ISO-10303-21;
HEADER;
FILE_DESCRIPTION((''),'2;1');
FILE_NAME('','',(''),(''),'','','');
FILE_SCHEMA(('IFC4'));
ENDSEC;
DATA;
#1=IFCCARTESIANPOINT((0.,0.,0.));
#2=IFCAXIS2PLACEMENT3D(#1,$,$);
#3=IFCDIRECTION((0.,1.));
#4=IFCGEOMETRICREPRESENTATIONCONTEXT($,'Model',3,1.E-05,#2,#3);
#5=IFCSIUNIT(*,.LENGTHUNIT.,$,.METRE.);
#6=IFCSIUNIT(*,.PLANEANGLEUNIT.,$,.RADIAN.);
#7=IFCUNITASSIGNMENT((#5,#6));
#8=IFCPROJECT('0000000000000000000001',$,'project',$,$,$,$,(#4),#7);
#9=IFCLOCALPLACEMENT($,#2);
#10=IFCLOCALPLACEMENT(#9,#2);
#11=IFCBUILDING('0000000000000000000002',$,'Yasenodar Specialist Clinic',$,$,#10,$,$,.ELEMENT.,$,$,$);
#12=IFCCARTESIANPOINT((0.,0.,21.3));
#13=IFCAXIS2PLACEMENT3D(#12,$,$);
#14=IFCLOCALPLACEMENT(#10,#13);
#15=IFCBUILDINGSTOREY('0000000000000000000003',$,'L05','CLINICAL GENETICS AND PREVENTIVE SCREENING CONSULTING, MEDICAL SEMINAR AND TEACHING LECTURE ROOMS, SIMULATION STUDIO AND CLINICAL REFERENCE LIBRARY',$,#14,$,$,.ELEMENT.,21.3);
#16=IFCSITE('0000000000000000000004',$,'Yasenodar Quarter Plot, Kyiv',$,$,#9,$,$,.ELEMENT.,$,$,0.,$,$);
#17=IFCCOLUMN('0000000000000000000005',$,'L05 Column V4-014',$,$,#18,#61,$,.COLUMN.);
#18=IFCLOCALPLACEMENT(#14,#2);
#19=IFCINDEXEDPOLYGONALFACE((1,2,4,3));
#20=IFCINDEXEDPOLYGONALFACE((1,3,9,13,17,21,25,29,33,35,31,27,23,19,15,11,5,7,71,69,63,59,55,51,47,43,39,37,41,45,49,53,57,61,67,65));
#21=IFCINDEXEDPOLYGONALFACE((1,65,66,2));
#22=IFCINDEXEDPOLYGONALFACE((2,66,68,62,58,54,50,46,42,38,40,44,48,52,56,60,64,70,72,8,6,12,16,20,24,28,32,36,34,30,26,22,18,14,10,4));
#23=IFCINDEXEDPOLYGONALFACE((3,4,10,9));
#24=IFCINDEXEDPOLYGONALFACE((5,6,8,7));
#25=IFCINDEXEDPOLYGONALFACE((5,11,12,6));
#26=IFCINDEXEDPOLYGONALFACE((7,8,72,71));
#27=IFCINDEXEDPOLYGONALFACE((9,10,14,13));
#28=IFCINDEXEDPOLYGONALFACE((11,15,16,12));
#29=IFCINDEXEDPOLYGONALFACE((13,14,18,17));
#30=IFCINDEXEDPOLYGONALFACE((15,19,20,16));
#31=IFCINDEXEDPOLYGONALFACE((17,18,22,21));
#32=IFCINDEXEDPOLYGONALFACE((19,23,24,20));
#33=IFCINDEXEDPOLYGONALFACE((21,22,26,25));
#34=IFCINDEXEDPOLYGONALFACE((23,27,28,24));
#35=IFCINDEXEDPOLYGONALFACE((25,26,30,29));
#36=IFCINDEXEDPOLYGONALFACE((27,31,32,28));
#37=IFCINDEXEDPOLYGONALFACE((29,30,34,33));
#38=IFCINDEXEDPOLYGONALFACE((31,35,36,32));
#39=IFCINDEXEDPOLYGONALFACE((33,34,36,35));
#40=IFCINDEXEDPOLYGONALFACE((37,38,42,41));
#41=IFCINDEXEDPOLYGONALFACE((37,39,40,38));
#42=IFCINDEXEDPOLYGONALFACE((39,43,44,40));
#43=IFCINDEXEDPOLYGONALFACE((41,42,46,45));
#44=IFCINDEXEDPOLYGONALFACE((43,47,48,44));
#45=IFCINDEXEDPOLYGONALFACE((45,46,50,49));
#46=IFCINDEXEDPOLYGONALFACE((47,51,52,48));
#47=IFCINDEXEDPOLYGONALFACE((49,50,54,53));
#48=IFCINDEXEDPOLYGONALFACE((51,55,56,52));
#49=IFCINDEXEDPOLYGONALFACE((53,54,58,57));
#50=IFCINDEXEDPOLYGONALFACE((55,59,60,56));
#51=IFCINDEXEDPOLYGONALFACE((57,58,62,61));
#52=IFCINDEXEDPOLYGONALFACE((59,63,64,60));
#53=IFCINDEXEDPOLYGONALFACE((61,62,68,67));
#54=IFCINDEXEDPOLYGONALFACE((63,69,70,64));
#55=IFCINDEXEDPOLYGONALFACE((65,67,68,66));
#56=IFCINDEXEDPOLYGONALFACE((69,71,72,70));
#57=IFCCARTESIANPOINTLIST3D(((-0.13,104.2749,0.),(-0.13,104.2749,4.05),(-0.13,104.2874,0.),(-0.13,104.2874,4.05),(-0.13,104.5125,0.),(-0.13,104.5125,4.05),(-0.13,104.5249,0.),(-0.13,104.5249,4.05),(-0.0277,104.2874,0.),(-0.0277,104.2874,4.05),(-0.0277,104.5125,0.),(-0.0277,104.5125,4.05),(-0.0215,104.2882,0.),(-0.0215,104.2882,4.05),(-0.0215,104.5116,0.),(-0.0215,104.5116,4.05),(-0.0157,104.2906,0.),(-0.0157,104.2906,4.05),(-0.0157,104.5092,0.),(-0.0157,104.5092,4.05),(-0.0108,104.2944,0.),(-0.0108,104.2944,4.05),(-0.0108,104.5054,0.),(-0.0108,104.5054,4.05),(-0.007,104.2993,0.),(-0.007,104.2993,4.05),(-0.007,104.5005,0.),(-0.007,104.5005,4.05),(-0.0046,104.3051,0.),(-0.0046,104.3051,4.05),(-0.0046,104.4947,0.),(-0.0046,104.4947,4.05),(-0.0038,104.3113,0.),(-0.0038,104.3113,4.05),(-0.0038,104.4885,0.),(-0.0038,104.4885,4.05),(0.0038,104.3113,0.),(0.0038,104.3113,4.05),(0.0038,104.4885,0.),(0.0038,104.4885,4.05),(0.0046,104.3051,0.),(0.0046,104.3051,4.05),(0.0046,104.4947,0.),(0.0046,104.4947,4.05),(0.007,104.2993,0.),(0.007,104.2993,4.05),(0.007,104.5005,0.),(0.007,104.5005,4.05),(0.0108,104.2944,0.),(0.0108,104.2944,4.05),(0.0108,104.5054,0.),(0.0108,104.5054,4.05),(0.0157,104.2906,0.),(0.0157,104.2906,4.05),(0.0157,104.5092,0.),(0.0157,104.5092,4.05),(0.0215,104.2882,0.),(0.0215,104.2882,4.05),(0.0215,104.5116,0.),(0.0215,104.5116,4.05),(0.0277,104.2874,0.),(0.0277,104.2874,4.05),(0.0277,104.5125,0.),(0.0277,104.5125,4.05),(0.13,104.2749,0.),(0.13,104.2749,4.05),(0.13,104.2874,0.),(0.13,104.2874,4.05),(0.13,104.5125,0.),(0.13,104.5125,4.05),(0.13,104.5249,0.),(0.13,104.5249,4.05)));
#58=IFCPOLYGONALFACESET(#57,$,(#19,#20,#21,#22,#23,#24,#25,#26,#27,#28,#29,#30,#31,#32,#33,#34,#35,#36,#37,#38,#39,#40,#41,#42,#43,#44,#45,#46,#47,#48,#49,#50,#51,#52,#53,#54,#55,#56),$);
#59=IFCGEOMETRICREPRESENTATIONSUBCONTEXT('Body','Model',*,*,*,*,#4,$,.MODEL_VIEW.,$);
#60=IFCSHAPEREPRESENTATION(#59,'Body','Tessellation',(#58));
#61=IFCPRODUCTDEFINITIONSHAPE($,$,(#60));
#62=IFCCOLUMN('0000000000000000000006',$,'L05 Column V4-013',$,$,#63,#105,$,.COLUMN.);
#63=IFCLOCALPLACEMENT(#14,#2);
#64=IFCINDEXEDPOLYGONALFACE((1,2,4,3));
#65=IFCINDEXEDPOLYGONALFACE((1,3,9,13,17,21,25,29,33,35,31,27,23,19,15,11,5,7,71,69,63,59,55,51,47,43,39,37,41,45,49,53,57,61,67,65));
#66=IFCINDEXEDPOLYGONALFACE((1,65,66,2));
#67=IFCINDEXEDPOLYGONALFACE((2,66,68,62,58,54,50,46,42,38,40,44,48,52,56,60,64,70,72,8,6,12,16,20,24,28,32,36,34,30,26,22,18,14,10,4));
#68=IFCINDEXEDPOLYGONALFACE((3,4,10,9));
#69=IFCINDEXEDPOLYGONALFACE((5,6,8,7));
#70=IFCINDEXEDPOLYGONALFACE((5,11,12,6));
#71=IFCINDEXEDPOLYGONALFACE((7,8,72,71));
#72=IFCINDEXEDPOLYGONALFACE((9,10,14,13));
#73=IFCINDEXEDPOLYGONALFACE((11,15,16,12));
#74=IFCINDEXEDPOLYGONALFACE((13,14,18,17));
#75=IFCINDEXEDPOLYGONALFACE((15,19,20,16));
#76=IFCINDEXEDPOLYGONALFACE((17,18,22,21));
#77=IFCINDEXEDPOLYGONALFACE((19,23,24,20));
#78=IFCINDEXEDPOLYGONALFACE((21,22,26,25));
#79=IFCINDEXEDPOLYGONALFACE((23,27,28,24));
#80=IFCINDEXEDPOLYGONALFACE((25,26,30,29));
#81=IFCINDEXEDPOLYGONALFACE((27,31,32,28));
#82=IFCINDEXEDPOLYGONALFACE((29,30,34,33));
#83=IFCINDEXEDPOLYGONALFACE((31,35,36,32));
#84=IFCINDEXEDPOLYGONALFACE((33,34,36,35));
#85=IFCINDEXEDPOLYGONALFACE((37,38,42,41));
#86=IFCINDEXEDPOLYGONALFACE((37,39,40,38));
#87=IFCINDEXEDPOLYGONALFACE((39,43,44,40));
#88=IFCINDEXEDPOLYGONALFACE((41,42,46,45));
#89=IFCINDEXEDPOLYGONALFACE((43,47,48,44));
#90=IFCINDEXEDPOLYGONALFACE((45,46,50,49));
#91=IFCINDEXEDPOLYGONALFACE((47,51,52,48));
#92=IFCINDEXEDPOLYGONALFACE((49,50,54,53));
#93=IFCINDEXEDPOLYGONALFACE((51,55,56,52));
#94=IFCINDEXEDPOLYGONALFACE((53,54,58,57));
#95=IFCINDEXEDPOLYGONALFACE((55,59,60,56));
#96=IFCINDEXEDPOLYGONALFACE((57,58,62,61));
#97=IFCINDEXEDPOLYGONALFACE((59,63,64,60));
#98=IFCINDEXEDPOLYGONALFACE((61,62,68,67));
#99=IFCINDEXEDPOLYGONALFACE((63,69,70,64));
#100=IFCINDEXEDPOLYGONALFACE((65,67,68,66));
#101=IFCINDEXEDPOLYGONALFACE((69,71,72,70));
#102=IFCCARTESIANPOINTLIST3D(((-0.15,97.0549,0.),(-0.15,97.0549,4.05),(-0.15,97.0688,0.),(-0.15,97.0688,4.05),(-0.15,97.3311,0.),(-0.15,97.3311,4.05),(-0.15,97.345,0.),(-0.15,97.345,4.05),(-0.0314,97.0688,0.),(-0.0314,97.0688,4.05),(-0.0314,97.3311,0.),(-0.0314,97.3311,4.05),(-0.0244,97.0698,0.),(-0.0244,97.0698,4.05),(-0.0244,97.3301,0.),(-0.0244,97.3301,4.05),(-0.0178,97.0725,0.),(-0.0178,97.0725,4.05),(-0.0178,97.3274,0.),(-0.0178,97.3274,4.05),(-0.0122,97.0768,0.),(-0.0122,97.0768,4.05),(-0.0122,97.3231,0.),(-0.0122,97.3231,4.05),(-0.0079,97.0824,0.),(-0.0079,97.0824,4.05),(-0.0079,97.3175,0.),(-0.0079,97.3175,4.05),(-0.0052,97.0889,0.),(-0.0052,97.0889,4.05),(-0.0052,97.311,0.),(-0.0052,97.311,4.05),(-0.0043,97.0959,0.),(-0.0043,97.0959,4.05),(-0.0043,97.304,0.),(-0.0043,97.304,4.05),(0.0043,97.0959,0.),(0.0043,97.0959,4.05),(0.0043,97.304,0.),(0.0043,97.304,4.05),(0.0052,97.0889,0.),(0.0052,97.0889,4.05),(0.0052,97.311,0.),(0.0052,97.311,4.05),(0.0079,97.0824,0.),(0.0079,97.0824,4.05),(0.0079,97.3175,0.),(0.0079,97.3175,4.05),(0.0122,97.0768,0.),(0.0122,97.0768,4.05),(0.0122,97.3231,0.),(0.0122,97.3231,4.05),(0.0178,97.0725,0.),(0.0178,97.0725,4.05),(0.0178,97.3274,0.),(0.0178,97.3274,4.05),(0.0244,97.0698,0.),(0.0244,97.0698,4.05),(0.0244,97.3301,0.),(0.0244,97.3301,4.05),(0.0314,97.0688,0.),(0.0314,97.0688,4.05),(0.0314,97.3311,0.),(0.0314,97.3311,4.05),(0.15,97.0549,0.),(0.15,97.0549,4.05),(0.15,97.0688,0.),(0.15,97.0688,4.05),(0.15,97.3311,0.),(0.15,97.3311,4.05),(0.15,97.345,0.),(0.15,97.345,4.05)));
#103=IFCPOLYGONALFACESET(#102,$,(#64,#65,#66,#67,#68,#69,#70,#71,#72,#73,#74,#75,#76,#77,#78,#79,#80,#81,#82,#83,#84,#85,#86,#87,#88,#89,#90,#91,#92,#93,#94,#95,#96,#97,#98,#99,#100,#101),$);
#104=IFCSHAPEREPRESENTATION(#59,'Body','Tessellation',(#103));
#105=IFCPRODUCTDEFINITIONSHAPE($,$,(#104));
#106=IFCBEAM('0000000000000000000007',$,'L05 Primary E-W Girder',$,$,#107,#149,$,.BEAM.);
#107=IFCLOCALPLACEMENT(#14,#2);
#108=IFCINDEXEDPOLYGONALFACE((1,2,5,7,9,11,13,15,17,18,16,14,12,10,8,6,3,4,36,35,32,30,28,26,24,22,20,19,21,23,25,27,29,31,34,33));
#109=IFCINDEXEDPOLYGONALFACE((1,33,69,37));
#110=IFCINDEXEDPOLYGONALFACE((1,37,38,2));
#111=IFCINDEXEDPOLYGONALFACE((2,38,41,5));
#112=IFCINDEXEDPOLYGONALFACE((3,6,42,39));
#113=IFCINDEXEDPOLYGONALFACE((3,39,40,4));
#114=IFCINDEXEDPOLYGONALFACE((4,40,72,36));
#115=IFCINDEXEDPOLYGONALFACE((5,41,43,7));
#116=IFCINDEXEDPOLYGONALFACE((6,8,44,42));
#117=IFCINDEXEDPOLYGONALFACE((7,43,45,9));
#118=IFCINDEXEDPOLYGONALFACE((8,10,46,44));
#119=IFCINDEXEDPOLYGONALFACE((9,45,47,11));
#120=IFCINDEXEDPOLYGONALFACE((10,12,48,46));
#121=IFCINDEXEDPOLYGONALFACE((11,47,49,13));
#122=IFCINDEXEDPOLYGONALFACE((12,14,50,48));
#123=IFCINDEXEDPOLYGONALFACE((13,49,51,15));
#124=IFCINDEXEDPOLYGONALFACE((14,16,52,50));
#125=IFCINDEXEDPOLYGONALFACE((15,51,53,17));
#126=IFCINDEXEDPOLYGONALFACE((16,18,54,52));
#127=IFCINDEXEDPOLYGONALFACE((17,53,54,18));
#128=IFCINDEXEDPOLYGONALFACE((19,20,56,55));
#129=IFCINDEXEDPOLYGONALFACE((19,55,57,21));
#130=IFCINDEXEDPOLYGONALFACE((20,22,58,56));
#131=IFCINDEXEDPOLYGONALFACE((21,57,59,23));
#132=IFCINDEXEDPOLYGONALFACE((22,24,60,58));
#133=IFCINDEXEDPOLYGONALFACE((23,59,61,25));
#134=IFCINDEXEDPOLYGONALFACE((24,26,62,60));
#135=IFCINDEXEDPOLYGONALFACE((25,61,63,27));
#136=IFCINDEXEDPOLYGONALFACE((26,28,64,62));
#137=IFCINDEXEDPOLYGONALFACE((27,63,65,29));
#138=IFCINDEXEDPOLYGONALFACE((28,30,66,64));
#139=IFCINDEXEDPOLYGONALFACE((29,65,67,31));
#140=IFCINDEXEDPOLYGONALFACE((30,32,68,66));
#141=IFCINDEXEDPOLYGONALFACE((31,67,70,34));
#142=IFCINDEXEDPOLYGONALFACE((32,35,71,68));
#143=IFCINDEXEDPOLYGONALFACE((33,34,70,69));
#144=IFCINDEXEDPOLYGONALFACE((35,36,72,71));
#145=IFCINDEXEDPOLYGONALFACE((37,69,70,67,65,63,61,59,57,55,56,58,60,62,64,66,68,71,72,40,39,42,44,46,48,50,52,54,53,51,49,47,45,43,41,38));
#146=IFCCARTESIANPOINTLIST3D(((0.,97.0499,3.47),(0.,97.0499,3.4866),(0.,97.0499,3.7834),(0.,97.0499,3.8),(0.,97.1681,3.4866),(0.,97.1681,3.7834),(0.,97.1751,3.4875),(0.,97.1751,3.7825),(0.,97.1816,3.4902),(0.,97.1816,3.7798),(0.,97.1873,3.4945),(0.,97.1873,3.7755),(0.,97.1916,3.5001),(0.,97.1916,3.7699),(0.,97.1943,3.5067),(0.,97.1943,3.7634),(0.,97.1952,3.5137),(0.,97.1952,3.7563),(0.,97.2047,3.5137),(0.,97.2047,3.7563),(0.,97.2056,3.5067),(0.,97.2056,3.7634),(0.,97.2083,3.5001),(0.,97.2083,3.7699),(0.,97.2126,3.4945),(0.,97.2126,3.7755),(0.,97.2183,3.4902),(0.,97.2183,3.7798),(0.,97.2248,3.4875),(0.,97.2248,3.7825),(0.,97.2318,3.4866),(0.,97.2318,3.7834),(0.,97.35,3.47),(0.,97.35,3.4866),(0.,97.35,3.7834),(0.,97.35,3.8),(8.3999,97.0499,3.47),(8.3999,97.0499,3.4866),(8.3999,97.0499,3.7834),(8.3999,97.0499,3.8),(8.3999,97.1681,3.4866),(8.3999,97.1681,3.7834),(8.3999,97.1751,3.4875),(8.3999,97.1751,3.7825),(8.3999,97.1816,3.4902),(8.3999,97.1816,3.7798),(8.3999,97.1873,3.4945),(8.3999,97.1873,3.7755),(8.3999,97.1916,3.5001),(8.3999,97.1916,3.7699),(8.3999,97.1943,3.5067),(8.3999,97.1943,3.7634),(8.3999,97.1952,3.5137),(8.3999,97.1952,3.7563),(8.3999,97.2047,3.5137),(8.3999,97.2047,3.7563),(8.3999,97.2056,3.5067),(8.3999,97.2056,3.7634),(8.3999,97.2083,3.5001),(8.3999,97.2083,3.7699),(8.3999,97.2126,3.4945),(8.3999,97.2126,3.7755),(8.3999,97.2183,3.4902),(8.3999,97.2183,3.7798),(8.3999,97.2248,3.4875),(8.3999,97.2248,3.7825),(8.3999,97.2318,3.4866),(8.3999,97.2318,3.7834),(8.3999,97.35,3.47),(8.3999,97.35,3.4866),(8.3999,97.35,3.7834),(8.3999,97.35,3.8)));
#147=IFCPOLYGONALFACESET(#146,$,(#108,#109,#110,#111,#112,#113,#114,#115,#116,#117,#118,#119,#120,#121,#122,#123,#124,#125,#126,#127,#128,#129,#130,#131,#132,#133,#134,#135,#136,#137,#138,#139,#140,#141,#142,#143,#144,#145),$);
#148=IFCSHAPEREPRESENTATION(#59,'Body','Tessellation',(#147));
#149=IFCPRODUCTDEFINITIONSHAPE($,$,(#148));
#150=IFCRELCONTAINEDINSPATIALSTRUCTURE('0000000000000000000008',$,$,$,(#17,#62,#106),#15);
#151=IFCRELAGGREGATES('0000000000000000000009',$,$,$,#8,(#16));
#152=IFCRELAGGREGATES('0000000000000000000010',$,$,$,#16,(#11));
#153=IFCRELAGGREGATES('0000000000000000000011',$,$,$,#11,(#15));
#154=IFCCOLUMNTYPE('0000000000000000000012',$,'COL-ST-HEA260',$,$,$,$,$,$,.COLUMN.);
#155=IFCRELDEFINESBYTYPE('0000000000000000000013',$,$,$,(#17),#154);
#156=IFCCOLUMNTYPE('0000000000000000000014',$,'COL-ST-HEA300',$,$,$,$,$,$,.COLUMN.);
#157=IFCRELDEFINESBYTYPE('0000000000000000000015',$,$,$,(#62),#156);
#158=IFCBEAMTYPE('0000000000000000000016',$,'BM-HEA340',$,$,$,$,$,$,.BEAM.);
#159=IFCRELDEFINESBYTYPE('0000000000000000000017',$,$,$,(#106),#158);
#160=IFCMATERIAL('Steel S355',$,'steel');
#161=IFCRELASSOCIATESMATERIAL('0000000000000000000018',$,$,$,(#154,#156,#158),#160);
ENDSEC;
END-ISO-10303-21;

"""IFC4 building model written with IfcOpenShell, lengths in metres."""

from ifc_helpers import new_model, si_unit, direction, frame, origin, origin_2d, place, context, subcontext, project, spatial, i_section, extrude, material, material_profile, profile_set, type_object, element, save


model = new_model("IFC4")

# Units and contexts
model_context = context("Model", 3, precision=1e-05, world=origin(), true_north=direction((0.0, 1.0)))
body_context = subcontext(model_context, "Body", "Model", "MODEL_VIEW")
ifc_project = project(units=[si_unit("LENGTHUNIT", "METRE"), si_unit("PLANEANGLEUNIT", "RADIAN")], contexts=[model_context])

# Site, building, storey
site_placement = place(None, origin())
site = spatial("IfcSite", under=ifc_project, at=site_placement, Name="Yasenodar Quarter Plot, Kyiv", CompositionType="ELEMENT", RefElevation=0.0)
building_placement = place(site_placement, origin())
building = spatial("IfcBuilding", under=site, at=building_placement, Name="Yasenodar Specialist Clinic", CompositionType="ELEMENT")
storey_placement = place(building_placement, frame((0.0, 0.0, 21.3)))
storey = spatial("IfcBuildingStorey", under=building, at=storey_placement, Name="L05", Description="CLINICAL GENETICS AND PREVENTIVE SCREENING CONSULTING, MEDICAL SEMINAR AND TEACHING LECTURE ROOMS, SIMULATION STUDIO AND CLINICAL REFERENCE LIBRARY", CompositionType="ELEMENT", Elevation=21.3)

# Columns
ifc_material_1 = material(Name="Steel S355", Category="steel")
ifc_material_profile_1 = material_profile(ifc_material_1, i_section(OverallWidth=0.26, OverallDepth=0.25, WebThickness=0.0076, FlangeThickness=0.0125, FilletRadius=0.0239, at=origin_2d()), Name="HEA 260")
ifc_profile_set_1 = profile_set([ifc_material_profile_1], Name="Steel S355")
column_type_1 = type_object("IfcColumnType", Name="COL-ST-HEA260", PredefinedType="COLUMN", material=ifc_profile_set_1)
column_1_placement = place(storey_placement, frame((0.0, 104.3999, 0.0), z_axis=(0.0, 0.0, 1.0), x_axis=(1.0, 0.0, 0.0)))
element("IfcColumn", 1, at=column_1_placement, inside=storey, type_object=column_type_1, Name="L05 Column V4-014", PredefinedType="COLUMN", context=body_context, shape_type="SweptSolid", body=[
    extrude(i_section(OverallWidth=0.26, OverallDepth=0.25, WebThickness=0.0076, FlangeThickness=0.0125, FilletRadius=0.0239, at=origin_2d()), origin(), (0.0, 0.0, 1.0), 4.05),
])
ifc_material_profile_2 = material_profile(ifc_material_1, i_section(OverallWidth=0.3, OverallDepth=0.29, WebThickness=0.0085, FlangeThickness=0.0139, FilletRadius=0.0271, at=origin_2d()), Name="HEA 300")
ifc_profile_set_2 = profile_set([ifc_material_profile_2], Name="Steel S355")
column_type_2 = type_object("IfcColumnType", Name="COL-ST-HEA300", PredefinedType="COLUMN", material=ifc_profile_set_2)
column_2_placement = place(storey_placement, frame((0.0, 97.2, 0.0), z_axis=(0.0, 0.0, 1.0), x_axis=(1.0, 0.0, 0.0)))
element("IfcColumn", 2, at=column_2_placement, inside=storey, type_object=column_type_2, Name="L05 Column V4-013", PredefinedType="COLUMN", context=body_context, shape_type="SweptSolid", body=[
    extrude(i_section(OverallWidth=0.3, OverallDepth=0.29, WebThickness=0.0085, FlangeThickness=0.0139, FilletRadius=0.0271, at=origin_2d()), origin(), (0.0, 0.0, 1.0), 4.05),
])

# Beam
ifc_material_profile_3 = material_profile(ifc_material_1, i_section(OverallWidth=0.3, OverallDepth=0.3301, WebThickness=0.0095, FlangeThickness=0.0166, FilletRadius=0.0271, at=origin_2d()), Name="HEA 340")
ifc_profile_set_3 = profile_set([ifc_material_profile_3], Name="Steel S355")
beam_type_1 = type_object("IfcBeamType", Name="BM-HEA340", PredefinedType="BEAM", material=ifc_profile_set_3)
beam_1_placement = place(storey_placement, frame((0.0, 97.2, 3.635), z_axis=(1.0, 0.0, 0.0), x_axis=(0.0, 1.0, 0.0)))
element("IfcBeam", 3, at=beam_1_placement, inside=storey, type_object=beam_type_1, Name="L05 Primary E-W Girder", PredefinedType="BEAM", context=body_context, shape_type="SweptSolid", body=[
    extrude(i_section(OverallWidth=0.3, OverallDepth=0.3301, WebThickness=0.0095, FlangeThickness=0.0166, FilletRadius=0.0271, at=origin_2d()), origin(), (0.0, 0.0, 1.0), 8.3999),
])

save(model, "model.ifc")
